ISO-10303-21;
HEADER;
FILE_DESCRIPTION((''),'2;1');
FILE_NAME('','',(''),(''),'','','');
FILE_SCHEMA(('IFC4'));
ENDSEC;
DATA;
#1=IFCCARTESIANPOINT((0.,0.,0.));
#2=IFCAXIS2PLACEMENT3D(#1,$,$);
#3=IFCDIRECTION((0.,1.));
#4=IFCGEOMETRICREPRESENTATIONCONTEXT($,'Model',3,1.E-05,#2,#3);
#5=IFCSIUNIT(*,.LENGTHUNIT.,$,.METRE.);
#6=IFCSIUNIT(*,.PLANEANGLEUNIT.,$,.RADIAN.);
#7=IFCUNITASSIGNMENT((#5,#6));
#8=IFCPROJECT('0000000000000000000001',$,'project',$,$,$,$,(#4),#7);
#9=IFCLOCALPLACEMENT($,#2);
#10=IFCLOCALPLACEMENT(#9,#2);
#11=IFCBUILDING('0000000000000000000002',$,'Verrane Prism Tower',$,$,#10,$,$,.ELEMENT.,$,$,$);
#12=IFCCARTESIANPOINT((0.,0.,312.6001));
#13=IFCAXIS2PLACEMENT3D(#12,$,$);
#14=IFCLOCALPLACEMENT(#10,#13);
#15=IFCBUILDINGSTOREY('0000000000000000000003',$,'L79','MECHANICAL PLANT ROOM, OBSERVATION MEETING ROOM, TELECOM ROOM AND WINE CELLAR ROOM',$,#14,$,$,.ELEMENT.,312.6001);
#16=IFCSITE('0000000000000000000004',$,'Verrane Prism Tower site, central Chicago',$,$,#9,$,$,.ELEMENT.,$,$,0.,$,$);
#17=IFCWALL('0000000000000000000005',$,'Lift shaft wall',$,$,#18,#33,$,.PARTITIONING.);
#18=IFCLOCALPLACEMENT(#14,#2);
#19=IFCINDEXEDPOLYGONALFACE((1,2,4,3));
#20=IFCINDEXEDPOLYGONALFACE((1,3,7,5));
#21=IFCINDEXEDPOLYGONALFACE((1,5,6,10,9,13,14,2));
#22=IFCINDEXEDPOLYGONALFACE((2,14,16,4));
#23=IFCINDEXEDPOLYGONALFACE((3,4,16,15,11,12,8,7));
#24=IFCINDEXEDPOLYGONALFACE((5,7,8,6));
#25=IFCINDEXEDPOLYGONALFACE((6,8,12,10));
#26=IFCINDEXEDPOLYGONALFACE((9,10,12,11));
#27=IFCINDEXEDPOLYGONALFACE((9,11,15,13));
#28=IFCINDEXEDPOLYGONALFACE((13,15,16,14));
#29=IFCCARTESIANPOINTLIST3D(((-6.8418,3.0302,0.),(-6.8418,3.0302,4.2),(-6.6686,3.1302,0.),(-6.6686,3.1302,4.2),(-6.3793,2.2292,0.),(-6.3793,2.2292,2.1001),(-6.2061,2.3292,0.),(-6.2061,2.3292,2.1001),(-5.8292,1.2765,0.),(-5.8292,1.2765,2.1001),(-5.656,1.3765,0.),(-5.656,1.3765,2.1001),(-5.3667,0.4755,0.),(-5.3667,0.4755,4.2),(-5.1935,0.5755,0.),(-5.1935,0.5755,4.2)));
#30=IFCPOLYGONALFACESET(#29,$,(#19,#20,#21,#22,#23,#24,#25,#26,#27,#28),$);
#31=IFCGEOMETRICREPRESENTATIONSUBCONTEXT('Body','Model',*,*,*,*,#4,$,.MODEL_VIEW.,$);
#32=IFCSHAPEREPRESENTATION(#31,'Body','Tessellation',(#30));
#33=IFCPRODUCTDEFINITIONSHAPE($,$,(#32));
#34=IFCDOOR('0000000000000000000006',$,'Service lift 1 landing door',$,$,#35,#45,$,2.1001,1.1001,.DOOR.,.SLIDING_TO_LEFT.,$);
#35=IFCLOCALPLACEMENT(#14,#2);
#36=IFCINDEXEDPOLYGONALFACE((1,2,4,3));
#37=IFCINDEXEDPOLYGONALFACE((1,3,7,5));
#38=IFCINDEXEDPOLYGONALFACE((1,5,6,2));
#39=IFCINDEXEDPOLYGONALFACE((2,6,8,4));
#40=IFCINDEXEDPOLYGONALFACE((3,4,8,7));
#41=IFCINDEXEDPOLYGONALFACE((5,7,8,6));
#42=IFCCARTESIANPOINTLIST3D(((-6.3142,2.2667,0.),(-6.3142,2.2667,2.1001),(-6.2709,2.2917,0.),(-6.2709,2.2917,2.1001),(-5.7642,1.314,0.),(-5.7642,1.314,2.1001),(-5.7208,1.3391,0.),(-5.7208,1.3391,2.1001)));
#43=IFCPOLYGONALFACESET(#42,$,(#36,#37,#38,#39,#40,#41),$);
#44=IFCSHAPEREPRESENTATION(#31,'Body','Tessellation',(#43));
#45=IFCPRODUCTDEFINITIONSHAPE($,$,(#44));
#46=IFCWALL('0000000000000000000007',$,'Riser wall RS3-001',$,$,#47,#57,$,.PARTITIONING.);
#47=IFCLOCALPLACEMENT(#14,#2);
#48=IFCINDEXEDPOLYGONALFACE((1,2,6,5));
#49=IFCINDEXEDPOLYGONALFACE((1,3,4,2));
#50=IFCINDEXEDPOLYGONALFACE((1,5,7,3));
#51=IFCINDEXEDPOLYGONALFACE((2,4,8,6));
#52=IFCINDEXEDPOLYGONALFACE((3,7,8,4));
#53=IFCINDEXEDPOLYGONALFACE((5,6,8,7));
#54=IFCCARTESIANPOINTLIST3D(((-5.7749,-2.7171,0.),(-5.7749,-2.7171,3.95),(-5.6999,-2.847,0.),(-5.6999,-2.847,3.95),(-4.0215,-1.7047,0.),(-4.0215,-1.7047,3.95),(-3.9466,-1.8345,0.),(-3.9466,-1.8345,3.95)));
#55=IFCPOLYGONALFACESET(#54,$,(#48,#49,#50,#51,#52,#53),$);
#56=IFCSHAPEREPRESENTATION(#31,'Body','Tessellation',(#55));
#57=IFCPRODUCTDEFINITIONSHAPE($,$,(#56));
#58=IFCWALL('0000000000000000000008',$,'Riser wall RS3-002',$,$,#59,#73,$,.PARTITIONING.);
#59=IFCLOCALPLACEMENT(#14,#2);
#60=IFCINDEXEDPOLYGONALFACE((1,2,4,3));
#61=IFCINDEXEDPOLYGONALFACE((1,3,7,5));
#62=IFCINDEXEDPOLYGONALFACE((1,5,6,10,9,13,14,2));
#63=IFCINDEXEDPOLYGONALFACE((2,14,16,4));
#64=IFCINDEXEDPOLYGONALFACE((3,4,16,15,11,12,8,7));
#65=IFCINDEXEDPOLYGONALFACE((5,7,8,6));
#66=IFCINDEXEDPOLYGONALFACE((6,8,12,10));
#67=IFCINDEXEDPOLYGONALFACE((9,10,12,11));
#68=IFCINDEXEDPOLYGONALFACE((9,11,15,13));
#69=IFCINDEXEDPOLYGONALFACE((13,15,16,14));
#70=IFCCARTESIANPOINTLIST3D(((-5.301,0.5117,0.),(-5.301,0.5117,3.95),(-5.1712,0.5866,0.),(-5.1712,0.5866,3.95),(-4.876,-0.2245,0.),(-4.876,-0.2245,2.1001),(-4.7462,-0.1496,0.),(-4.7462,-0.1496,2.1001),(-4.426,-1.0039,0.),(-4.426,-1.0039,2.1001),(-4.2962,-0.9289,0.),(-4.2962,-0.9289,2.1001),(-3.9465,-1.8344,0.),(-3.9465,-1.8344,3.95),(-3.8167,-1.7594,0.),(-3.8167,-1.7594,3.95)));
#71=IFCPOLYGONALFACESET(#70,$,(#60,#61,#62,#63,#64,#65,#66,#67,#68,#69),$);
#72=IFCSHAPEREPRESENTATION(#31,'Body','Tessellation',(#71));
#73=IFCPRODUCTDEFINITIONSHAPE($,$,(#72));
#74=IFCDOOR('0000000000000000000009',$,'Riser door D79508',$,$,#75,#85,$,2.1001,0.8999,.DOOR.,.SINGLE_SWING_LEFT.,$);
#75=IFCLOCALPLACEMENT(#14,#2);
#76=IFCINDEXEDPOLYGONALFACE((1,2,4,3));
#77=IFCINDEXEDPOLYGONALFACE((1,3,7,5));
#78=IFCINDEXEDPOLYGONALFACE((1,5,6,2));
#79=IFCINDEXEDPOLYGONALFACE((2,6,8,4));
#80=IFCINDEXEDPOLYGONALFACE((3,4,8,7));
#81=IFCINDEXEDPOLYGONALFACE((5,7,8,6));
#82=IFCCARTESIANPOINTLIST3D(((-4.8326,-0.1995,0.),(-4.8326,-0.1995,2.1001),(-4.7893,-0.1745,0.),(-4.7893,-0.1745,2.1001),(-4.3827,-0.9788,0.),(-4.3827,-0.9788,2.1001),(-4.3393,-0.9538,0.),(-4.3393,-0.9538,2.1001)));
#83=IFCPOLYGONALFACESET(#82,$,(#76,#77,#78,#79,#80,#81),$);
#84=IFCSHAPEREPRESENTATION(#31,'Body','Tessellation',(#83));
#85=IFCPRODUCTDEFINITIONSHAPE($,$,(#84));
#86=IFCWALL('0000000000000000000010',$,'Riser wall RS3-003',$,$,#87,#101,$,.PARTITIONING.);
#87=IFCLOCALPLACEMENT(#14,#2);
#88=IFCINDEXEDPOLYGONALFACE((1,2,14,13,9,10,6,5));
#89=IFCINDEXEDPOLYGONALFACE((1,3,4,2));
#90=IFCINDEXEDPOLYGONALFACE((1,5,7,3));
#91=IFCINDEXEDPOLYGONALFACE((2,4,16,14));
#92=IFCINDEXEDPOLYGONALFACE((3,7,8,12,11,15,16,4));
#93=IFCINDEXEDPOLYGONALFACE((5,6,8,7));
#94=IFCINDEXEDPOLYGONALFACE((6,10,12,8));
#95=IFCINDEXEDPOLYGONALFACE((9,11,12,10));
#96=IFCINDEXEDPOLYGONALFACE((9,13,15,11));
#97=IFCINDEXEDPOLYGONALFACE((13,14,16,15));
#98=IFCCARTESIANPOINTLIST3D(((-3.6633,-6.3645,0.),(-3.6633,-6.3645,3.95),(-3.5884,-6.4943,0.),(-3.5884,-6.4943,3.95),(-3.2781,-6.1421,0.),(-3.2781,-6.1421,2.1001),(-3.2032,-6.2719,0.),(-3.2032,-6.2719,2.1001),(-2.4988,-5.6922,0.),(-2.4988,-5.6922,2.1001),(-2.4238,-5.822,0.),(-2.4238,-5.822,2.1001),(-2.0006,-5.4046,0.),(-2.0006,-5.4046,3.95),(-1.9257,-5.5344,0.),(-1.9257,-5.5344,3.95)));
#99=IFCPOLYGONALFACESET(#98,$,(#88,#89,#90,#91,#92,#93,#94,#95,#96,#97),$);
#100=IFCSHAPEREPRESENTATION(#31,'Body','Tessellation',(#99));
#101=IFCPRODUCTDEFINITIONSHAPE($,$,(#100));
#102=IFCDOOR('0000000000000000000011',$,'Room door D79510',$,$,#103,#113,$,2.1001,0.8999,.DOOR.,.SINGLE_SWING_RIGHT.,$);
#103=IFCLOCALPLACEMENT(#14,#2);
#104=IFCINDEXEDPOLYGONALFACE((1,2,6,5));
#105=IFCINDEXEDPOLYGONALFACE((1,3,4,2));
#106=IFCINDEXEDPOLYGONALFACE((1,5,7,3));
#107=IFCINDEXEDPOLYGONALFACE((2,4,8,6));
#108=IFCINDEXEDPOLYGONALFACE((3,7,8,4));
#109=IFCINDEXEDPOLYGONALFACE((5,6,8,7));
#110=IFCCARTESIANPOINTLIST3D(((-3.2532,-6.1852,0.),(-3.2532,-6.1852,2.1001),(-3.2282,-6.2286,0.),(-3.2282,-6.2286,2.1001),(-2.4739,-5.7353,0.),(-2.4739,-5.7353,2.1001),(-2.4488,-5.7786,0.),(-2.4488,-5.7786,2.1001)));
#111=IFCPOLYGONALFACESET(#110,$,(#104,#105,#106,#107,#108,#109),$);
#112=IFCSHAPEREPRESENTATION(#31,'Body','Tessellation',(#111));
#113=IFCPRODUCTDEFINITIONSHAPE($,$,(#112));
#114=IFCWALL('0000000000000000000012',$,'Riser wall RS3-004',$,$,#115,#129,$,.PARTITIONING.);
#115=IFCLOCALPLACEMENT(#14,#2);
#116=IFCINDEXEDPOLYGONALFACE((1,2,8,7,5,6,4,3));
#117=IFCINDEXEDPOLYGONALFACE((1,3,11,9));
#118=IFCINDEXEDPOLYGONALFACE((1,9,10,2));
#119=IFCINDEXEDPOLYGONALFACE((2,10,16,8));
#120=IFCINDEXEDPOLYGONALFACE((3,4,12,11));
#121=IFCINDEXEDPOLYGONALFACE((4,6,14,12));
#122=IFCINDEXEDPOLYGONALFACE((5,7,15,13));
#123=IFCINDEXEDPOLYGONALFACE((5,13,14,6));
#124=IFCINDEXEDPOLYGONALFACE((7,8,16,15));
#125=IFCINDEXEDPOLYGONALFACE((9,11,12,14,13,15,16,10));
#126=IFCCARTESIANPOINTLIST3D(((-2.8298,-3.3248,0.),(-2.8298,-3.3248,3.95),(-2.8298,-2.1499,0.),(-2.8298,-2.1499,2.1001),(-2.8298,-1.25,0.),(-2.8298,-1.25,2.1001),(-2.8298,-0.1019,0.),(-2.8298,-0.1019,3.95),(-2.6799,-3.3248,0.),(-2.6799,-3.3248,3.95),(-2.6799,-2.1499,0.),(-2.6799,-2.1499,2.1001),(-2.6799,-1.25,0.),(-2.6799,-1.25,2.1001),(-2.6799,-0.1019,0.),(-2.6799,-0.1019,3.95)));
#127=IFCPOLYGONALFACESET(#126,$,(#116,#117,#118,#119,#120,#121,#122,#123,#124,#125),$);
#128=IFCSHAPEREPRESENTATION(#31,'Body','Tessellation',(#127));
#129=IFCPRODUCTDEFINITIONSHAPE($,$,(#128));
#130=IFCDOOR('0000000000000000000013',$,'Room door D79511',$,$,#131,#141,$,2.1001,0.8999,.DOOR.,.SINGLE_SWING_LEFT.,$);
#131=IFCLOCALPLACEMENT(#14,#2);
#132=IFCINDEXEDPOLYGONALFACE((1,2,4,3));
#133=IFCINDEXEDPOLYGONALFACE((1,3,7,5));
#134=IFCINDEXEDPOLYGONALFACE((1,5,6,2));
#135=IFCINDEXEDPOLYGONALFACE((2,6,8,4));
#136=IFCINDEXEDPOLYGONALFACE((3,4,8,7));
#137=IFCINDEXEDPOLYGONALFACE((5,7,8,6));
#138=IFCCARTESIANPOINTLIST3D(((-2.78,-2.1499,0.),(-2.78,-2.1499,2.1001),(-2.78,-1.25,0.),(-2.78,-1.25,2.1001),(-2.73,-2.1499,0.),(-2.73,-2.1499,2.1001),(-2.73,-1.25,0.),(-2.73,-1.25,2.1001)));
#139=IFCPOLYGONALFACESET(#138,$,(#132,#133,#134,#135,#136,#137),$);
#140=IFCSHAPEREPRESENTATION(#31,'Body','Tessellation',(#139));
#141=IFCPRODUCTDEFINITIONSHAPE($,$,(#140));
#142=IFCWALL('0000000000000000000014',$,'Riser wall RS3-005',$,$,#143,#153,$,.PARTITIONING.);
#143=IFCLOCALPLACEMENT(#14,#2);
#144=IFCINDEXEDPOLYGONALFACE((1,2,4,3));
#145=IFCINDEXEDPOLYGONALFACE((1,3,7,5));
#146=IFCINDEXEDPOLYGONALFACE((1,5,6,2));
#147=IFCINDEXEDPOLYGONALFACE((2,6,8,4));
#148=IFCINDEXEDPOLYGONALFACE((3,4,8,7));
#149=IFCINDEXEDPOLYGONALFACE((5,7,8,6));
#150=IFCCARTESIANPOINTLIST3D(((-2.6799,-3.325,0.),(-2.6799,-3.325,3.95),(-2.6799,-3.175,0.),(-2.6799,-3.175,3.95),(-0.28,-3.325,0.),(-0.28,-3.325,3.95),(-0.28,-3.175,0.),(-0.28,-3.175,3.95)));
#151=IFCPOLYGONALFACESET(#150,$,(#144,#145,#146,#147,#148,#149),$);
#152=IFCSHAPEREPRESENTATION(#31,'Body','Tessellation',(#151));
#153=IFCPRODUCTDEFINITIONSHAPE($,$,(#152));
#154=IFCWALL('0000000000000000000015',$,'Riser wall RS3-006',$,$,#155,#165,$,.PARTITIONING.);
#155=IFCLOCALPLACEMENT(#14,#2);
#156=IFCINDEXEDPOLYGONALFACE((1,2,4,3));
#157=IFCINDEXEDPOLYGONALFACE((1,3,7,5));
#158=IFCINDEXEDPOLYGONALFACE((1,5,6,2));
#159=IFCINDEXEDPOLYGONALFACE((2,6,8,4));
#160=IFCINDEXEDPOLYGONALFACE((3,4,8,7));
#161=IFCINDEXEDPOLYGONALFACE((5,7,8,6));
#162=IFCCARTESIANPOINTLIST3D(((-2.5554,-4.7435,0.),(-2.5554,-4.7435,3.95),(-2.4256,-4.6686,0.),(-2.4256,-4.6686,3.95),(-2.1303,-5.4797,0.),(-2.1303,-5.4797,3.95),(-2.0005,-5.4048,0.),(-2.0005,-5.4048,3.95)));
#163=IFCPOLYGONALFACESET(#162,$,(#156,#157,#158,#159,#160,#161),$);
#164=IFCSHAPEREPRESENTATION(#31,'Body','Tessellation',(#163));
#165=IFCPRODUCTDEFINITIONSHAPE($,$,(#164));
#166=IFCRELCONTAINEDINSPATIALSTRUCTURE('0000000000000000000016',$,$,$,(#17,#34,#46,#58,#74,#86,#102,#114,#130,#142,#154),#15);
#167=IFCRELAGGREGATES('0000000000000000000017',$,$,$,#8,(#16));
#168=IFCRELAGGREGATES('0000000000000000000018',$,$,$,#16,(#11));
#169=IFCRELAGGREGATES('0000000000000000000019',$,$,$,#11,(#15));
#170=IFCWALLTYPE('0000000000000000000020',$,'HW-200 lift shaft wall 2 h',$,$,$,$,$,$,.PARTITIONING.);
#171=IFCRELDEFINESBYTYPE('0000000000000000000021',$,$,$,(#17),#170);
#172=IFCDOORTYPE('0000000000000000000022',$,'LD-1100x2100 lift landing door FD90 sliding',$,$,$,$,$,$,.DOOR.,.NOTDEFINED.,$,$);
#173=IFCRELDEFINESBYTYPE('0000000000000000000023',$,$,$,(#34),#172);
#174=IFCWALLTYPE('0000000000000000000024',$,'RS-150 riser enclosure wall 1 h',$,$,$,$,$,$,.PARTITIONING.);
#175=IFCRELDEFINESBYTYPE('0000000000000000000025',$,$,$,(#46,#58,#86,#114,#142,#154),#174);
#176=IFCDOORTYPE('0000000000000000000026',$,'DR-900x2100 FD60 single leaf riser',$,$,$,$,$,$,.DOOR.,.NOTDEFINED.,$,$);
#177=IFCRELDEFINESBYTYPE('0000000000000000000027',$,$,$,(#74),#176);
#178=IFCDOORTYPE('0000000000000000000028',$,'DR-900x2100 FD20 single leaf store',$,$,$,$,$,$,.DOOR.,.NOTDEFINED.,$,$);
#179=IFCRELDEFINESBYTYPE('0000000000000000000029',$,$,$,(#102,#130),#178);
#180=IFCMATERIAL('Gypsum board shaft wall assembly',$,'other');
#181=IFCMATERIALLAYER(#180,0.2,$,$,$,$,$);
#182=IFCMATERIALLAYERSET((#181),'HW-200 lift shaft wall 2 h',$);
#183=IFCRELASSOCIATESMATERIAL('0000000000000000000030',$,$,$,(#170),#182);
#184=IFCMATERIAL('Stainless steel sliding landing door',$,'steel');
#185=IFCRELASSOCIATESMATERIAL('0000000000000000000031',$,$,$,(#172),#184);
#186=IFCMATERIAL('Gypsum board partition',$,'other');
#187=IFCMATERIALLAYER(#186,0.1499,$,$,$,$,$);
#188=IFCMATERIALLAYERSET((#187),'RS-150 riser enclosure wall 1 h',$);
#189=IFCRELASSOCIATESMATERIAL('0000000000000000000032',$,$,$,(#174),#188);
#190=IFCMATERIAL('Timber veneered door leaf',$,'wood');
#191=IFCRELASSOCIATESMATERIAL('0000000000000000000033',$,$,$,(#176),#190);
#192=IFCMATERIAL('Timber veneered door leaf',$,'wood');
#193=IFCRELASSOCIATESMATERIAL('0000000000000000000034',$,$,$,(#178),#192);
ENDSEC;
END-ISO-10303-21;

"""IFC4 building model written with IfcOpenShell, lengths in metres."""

from ifc_helpers import new_model, si_unit, direction, frame, frame_2d, origin, place, context, subcontext, project, spatial, rectangle, extrude, material, layer, layer_set, type_object, element, fill, save


model = new_model("IFC4")

# Units and contexts
model_context = context("Model", 3, precision=1e-05, world=origin(), true_north=direction((0.0, 1.0)))
body_context = subcontext(model_context, "Body", "Model", "MODEL_VIEW")
ifc_project = project(units=[si_unit("LENGTHUNIT", "METRE"), si_unit("PLANEANGLEUNIT", "RADIAN")], contexts=[model_context])

# Site, building, storey
site_placement = place(None, origin())
site = spatial("IfcSite", under=ifc_project, at=site_placement, Name="Verrane Prism Tower site, central Chicago", CompositionType="ELEMENT", RefElevation=0.0)
building_placement = place(site_placement, origin())
building = spatial("IfcBuilding", under=site, at=building_placement, Name="Verrane Prism Tower", CompositionType="ELEMENT")
storey_placement = place(building_placement, frame((0.0, 0.0, 312.6001)))
storey = spatial("IfcBuildingStorey", under=building, at=storey_placement, Name="L79", Description="MECHANICAL PLANT ROOM, OBSERVATION MEETING ROOM, TELECOM ROOM AND WINE CELLAR ROOM", CompositionType="ELEMENT", Elevation=312.6001)

# Shared definitions
ifc_material_1 = material(Name="Gypsum board shaft wall assembly", Category="other")
ifc_layer_1 = layer(ifc_material_1, 0.2)
ifc_layer_set_1 = layer_set([ifc_layer_1], Name="HW-200 lift shaft wall 2 h")
wall_type_1 = type_object("IfcWallType", Name="HW-200 lift shaft wall 2 h", PredefinedType="PARTITIONING", material=ifc_layer_set_1)

# Wall, opening, door
wall_1_placement = place(storey_placement, frame((-5.28, 0.5254, 0.0), z_axis=(0.0, 0.0, 1.0), x_axis=(-0.500038, 0.866004, 0.0)))
wall_1 = element("IfcWall", 1, at=wall_1_placement, inside=storey, type_object=wall_type_1, Name="Lift shaft wall", PredefinedType="PARTITIONING", context=body_context, shape_type="SweptSolid", body=[
    extrude(rectangle(XDim=2.95, YDim=0.2, at=frame_2d((1.4751, 0.0))), origin(), (0.0, 0.0, 1.0), 4.2),
])
opening_1_placement = place(wall_1_placement, frame((0.925, 0.0, 0.0)))
opening_1 = element("IfcOpeningElement", 2, at=opening_1_placement, cuts=wall_1, PredefinedType="OPENING", context=body_context, shape_type="SweptSolid", body=[
    extrude(rectangle(XDim=1.1001, YDim=2.1001, at=frame_2d((0.55, 1.05))), frame((0.0, 0.1099, 0.0), z_axis=(0.0, -1.0, 0.0), x_axis=(1.0, 0.0, 0.0)), (0.0, 0.0, 1.0), 0.22),
])
ifc_material_2 = material(Name="Stainless steel sliding landing door", Category="steel")
door_type_1 = type_object("IfcDoorType", Name="LD-1100x2100 lift landing door FD90 sliding", OperationType="NOTDEFINED", PredefinedType="DOOR", material=ifc_material_2)
door_1_placement = place(opening_1_placement, origin())
door_1 = element("IfcDoor", 3, at=door_1_placement, inside=storey, type_object=door_type_1, Name="Service lift 1 landing door", OperationType="SLIDING_TO_LEFT", OverallHeight=2.1001, OverallWidth=1.1001, PredefinedType="DOOR", context=body_context, shape_type="SweptSolid", body=[
    extrude(rectangle(XDim=1.1001, YDim=2.1001, at=frame_2d((0.55, 1.05))), frame((0.0, 0.0249, 0.0), z_axis=(0.0, -1.0, 0.0), x_axis=(1.0, 0.0, 0.0)), (0.0, 0.0, 1.0), 0.05),
])
fill(opening_1, door_1)

# Wall
ifc_material_3 = material(Name="Gypsum board partition", Category="other")
ifc_layer_2 = layer(ifc_material_3, 0.1499)
ifc_layer_set_2 = layer_set([ifc_layer_2], Name="RS-150 riser enclosure wall 1 h")
wall_type_2 = type_object("IfcWallType", Name="RS-150 riser enclosure wall 1 h", PredefinedType="PARTITIONING", material=ifc_layer_set_2)
wall_2_placement = place(storey_placement, frame((-5.7373, -2.782, 0.0), z_axis=(0.0, 0.0, 1.0), x_axis=(0.866001, 0.500043, 0.0)))
element("IfcWall", 4, at=wall_2_placement, inside=storey, type_object=wall_type_2, Name="Riser wall RS3-001", PredefinedType="PARTITIONING", context=body_context, shape_type="SweptSolid", body=[
    extrude(rectangle(XDim=2.0247, YDim=0.1499, at=frame_2d((1.0122, 0.0))), origin(), (0.0, 0.0, 1.0), 3.95),
])

# Walls, openings, doors
wall_3_placement = place(storey_placement, frame((-3.8816, -1.7969, 0.0), z_axis=(0.0, 0.0, 1.0), x_axis=(-0.500016, 0.866016, 0.0)))
wall_3 = element("IfcWall", 5, at=wall_3_placement, inside=storey, type_object=wall_type_2, Name="Riser wall RS3-002", PredefinedType="PARTITIONING", context=body_context, shape_type="SweptSolid", body=[
    extrude(rectangle(XDim=2.709, YDim=0.1499, at=frame_2d((1.3545, 0.0))), origin(), (0.0, 0.0, 1.0), 3.95),
])
opening_2_placement = place(wall_3_placement, frame((0.959, 0.0, 0.0)))
opening_2 = element("IfcOpeningElement", 6, at=opening_2_placement, cuts=wall_3, PredefinedType="OPENING", context=body_context, shape_type="SweptSolid", body=[
    extrude(rectangle(XDim=0.8999, YDim=2.1001, at=frame_2d((0.45, 1.05))), frame((0.0, 0.085, 0.0), z_axis=(0.0, -1.0, 0.0), x_axis=(1.0, 0.0, 0.0)), (0.0, 0.0, 1.0), 0.1699),
])
ifc_material_4 = material(Name="Timber veneered door leaf", Category="wood")
door_type_2 = type_object("IfcDoorType", Name="DR-900x2100 FD60 single leaf riser", OperationType="NOTDEFINED", PredefinedType="DOOR", material=ifc_material_4)
door_2_placement = place(opening_2_placement, origin())
door_2 = element("IfcDoor", 7, at=door_2_placement, inside=storey, type_object=door_type_2, Name="Riser door D79508", OperationType="SINGLE_SWING_LEFT", OverallHeight=2.1001, OverallWidth=0.8999, PredefinedType="DOOR", context=body_context, shape_type="SweptSolid", body=[
    extrude(rectangle(XDim=0.8999, YDim=2.1001, at=frame_2d((0.45, 1.05))), frame((0.0, 0.0249, 0.0), z_axis=(0.0, -1.0, 0.0), x_axis=(1.0, 0.0, 0.0)), (0.0, 0.0, 1.0), 0.05),
])
fill(opening_2, door_2)
wall_4_placement = place(storey_placement, frame((-1.9631, -5.4695, 0.0), z_axis=(0.0, 0.0, 1.0), x_axis=(-0.866044, -0.499968, 0.0)))
wall_4 = element("IfcWall", 8, at=wall_4_placement, inside=storey, type_object=wall_type_2, Name="Riser wall RS3-003", PredefinedType="PARTITIONING", context=body_context, shape_type="SweptSolid", body=[
    extrude(rectangle(XDim=1.9199, YDim=0.1499, at=frame_2d((0.96, 0.0))), origin(), (0.0, 0.0, 1.0), 3.95),
])
opening_3_placement = place(wall_4_placement, frame((0.5752, 0.0, 0.0)))
opening_3 = element("IfcOpeningElement", 9, at=opening_3_placement, cuts=wall_4, PredefinedType="OPENING", context=body_context, shape_type="SweptSolid", body=[
    extrude(rectangle(XDim=0.8999, YDim=2.1001, at=frame_2d((0.45, 1.05))), frame((0.0, 0.085, 0.0), z_axis=(0.0, -1.0, 0.0), x_axis=(1.0, 0.0, 0.0)), (0.0, 0.0, 1.0), 0.1699),
])
ifc_material_5 = material(Name="Timber veneered door leaf", Category="wood")
door_type_3 = type_object("IfcDoorType", Name="DR-900x2100 FD20 single leaf store", OperationType="NOTDEFINED", PredefinedType="DOOR", material=ifc_material_5)
door_3_placement = place(opening_3_placement, origin())
door_3 = element("IfcDoor", 10, at=door_3_placement, inside=storey, type_object=door_type_3, Name="Room door D79510", OperationType="SINGLE_SWING_RIGHT", OverallHeight=2.1001, OverallWidth=0.8999, PredefinedType="DOOR", context=body_context, shape_type="SweptSolid", body=[
    extrude(rectangle(XDim=0.8999, YDim=2.1001, at=frame_2d((0.45, 1.05))), frame((0.0, 0.0249, 0.0), z_axis=(0.0, -1.0, 0.0), x_axis=(1.0, 0.0, 0.0)), (0.0, 0.0, 1.0), 0.05),
])
fill(opening_3, door_3)
wall_5_placement = place(storey_placement, frame((-2.7549, -0.1021, 0.0), z_axis=(0.0, 0.0, 1.0), x_axis=(0.0, -1.0, 0.0)))
wall_5 = element("IfcWall", 11, at=wall_5_placement, inside=storey, type_object=wall_type_2, Name="Riser wall RS3-004", PredefinedType="PARTITIONING", context=body_context, shape_type="SweptSolid", body=[
    extrude(rectangle(XDim=3.2229, YDim=0.1499, at=frame_2d((1.6113, 0.0))), origin(), (0.0, 0.0, 1.0), 3.95),
])
opening_4_placement = place(wall_5_placement, frame((1.1479, 0.0, 0.0)))
opening_4 = element("IfcOpeningElement", 12, at=opening_4_placement, cuts=wall_5, PredefinedType="OPENING", context=body_context, shape_type="SweptSolid", body=[
    extrude(rectangle(XDim=0.8999, YDim=2.1001, at=frame_2d((0.45, 1.05))), frame((0.0, 0.085, 0.0), z_axis=(0.0, -1.0, 0.0), x_axis=(1.0, 0.0, 0.0)), (0.0, 0.0, 1.0), 0.1699),
])
door_4_placement = place(opening_4_placement, origin())
door_4 = element("IfcDoor", 13, at=door_4_placement, inside=storey, type_object=door_type_3, Name="Room door D79511", OperationType="SINGLE_SWING_LEFT", OverallHeight=2.1001, OverallWidth=0.8999, PredefinedType="DOOR", context=body_context, shape_type="SweptSolid", body=[
    extrude(rectangle(XDim=0.8999, YDim=2.1001, at=frame_2d((0.45, 1.05))), frame((0.0, 0.0249, 0.0), z_axis=(0.0, -1.0, 0.0), x_axis=(1.0, 0.0, 0.0)), (0.0, 0.0, 1.0), 0.05),
])
fill(opening_4, door_4)

# Walls
wall_6_placement = place(storey_placement, frame((-2.6799, -3.25, 0.0), z_axis=(0.0, 0.0, 1.0), x_axis=(1.0, 0.0, 0.0)))
element("IfcWall", 14, at=wall_6_placement, inside=storey, type_object=wall_type_2, Name="Riser wall RS3-005", PredefinedType="PARTITIONING", context=body_context, shape_type="SweptSolid", body=[
    extrude(rectangle(XDim=2.3999, YDim=0.1499, at=frame_2d((1.2, 0.0))), origin(), (0.0, 0.0, 1.0), 3.95),
])
wall_7_placement = place(storey_placement, frame((-2.4905, -4.7061, 0.0), z_axis=(0.0, 0.0, 1.0), x_axis=(0.500062, -0.865989, 0.0)))
element("IfcWall", 15, at=wall_7_placement, inside=storey, type_object=wall_type_2, Name="Riser wall RS3-006", PredefinedType="PARTITIONING", context=body_context, shape_type="SweptSolid", body=[
    extrude(rectangle(XDim=0.8501, YDim=0.1499, at=frame_2d((0.425, 0.0))), origin(), (0.0, 0.0, 1.0), 3.95),
])

save(model, "model.ifc")
